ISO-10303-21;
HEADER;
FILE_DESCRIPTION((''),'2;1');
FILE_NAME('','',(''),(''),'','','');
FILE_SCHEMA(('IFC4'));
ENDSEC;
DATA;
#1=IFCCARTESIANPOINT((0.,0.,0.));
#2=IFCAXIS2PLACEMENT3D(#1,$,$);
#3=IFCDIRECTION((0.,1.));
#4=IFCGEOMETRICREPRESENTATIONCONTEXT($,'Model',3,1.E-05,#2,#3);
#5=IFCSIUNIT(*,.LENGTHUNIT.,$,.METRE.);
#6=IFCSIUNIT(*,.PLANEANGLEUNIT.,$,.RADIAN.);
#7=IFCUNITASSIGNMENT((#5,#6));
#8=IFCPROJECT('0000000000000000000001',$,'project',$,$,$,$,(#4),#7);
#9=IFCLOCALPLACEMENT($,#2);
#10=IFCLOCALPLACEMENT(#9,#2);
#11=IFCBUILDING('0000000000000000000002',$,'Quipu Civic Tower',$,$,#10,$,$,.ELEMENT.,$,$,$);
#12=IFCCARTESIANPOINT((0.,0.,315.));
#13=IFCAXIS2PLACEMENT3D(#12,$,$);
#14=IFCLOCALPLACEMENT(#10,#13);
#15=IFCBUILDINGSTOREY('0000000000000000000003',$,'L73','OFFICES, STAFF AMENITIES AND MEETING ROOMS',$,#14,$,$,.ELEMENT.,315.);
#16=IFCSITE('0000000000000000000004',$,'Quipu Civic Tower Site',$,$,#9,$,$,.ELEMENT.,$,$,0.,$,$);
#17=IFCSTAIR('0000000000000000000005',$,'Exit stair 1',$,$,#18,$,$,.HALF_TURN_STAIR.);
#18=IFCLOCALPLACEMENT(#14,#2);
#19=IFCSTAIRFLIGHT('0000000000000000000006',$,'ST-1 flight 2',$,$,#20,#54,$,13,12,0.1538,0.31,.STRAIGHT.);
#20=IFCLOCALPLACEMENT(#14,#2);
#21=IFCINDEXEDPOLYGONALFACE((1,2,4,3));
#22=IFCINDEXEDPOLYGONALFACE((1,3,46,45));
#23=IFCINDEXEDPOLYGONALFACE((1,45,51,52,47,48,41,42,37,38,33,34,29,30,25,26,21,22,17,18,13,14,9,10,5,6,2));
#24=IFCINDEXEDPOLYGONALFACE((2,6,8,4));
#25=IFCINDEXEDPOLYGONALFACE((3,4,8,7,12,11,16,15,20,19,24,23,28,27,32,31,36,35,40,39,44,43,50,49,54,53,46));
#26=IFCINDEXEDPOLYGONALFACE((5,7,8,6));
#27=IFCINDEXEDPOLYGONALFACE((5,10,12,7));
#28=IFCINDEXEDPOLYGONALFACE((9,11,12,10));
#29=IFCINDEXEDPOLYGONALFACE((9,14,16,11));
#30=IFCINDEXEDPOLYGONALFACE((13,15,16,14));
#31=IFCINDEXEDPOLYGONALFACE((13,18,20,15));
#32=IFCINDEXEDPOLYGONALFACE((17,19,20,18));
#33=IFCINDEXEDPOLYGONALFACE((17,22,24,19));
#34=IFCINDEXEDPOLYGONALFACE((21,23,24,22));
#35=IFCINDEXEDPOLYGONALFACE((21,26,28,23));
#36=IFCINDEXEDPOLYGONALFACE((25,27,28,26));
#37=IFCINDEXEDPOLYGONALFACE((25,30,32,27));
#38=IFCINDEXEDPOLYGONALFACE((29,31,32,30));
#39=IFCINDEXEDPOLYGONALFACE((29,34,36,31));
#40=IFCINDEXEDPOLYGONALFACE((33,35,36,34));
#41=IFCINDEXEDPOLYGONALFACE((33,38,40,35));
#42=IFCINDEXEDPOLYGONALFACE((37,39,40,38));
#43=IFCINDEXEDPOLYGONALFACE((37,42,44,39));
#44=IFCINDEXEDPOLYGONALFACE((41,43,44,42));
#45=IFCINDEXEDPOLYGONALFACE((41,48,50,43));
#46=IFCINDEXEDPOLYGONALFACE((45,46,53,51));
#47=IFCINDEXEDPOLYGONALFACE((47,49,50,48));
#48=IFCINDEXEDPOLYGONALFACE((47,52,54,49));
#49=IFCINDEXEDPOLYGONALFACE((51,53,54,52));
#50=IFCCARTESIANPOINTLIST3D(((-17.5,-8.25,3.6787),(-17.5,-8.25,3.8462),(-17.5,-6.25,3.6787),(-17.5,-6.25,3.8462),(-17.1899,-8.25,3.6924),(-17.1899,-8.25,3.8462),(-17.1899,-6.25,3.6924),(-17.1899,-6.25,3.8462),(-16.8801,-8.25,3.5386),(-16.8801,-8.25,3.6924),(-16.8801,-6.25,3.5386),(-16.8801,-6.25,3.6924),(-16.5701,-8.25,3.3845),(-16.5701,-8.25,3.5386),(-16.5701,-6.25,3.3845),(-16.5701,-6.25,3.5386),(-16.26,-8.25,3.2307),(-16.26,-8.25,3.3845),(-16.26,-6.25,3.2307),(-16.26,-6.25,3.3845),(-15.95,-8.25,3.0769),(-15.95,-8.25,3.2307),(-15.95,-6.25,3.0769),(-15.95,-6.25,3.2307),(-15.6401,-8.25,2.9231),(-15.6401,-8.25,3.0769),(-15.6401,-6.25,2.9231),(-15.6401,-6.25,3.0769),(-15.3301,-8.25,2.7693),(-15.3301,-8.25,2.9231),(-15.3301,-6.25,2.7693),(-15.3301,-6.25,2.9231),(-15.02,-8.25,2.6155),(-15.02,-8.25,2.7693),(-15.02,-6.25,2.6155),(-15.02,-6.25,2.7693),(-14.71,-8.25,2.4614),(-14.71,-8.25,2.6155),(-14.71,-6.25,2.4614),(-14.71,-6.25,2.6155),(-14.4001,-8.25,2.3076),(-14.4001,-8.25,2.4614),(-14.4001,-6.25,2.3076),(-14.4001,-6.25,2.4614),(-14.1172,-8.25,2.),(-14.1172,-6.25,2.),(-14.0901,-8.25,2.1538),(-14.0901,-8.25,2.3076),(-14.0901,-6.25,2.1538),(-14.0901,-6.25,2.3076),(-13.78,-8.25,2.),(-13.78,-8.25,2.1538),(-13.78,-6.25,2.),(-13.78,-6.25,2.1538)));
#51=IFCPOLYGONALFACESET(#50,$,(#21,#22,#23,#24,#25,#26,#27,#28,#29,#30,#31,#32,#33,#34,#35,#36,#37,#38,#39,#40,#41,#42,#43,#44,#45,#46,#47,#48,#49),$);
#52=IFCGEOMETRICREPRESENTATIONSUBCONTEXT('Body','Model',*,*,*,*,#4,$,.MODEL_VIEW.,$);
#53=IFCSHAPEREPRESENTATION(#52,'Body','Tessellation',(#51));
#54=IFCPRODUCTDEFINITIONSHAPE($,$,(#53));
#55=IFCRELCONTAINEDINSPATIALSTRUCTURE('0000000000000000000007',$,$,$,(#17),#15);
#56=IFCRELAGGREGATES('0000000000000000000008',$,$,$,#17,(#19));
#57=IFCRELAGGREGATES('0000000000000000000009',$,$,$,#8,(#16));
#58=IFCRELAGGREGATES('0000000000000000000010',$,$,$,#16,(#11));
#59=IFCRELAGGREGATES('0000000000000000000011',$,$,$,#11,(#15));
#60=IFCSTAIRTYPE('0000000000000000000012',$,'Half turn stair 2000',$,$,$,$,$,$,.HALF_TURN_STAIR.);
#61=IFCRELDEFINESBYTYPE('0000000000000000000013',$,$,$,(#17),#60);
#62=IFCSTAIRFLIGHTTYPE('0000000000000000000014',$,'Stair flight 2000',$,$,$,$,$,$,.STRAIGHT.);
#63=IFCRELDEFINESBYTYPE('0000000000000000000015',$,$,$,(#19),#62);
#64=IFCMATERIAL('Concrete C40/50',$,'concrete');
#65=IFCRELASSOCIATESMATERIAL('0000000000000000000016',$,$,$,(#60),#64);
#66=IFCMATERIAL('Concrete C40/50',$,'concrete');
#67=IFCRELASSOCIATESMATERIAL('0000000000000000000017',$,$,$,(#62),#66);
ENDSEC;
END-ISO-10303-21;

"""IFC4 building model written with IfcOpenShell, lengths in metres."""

from ifc_helpers import new_model, si_unit, direction, frame, origin, place, context, subcontext, project, spatial, polyline, outline, extrude, material, type_object, element, aggregate, save


model = new_model("IFC4")

# Units and contexts
model_context = context("Model", 3, precision=1e-05, world=origin(), true_north=direction((0.0, 1.0)))
body_context = subcontext(model_context, "Body", "Model", "MODEL_VIEW")
ifc_project = project(units=[si_unit("LENGTHUNIT", "METRE"), si_unit("PLANEANGLEUNIT", "RADIAN")], contexts=[model_context])

# Site, building, storey
site_placement = place(None, origin())
site = spatial("IfcSite", under=ifc_project, at=site_placement, Name="Quipu Civic Tower Site", CompositionType="ELEMENT", RefElevation=0.0)
building_placement = place(site_placement, origin())
building = spatial("IfcBuilding", under=site, at=building_placement, Name="Quipu Civic Tower", CompositionType="ELEMENT")
storey_placement = place(building_placement, frame((0.0, 0.0, 315.0)))
storey = spatial("IfcBuildingStorey", under=building, at=storey_placement, Name="L73", Description="OFFICES, STAFF AMENITIES AND MEETING ROOMS", CompositionType="ELEMENT", Elevation=315.0)

# Stair, stair flight
ifc_material_1 = material(Name="Concrete C40/50", Category="concrete")
stair_type = type_object("IfcStairType", Name="Half turn stair 2000", PredefinedType="HALF_TURN_STAIR", material=ifc_material_1)
stair_placement = place(storey_placement, origin())
stair = element("IfcStair", 1, at=stair_placement, inside=storey, type_object=stair_type, Name="Exit stair 1", PredefinedType="HALF_TURN_STAIR")
ifc_material_2 = material(Name="Concrete C40/50", Category="concrete")
stair_flight_type = type_object("IfcStairFlightType", Name="Stair flight 2000", PredefinedType="STRAIGHT", material=ifc_material_2)
stair_flight_1_placement = place(storey_placement, frame((-13.78, -7.25, 2.0), z_axis=(0.0, 0.0, 1.0), x_axis=(-1.0, 0.0, 0.0)))
stair_flight_1 = element("IfcStairFlight", 2, at=stair_flight_1_placement, type_object=stair_flight_type, Name="ST-1 flight 2", NumberOfRisers=13, NumberOfTreads=12, PredefinedType="STRAIGHT", RiserHeight=0.1538, TreadLength=0.31, context=body_context, shape_type="SweptSolid", body=[
    extrude(outline(polyline([(0.0, 0.0), (0.0, 0.1538), (0.3101, 0.1538), (0.3101, 0.3076), (0.6201, 0.3076), (0.6201, 0.4614), (0.9299, 0.4614), (0.9299, 0.6155), (1.24, 0.6155), (1.24, 0.7693), (1.55, 0.7693), (1.55, 0.9231), (1.8601, 0.9231), (1.8601, 1.0769), (2.1699, 1.0769), (2.1699, 1.2307), (2.48, 1.2307), (2.48, 1.3845), (2.79, 1.3845), (2.79, 1.5386), (3.1001, 1.5386), (3.1001, 1.6924), (3.4099, 1.6924), (3.4099, 1.8462), (3.72, 1.8462), (3.72, 2.0), (3.72, 1.6787), (0.3372, 0.0), (0.0, 0.0)])), frame((0.0, 1.0, 0.0), z_axis=(0.0, -1.0, 0.0), x_axis=(1.0, 0.0, 0.0)), (0.0, 0.0, 1.0), 2.0),
])
aggregate(stair, [stair_flight_1])

save(model, "model.ifc")
